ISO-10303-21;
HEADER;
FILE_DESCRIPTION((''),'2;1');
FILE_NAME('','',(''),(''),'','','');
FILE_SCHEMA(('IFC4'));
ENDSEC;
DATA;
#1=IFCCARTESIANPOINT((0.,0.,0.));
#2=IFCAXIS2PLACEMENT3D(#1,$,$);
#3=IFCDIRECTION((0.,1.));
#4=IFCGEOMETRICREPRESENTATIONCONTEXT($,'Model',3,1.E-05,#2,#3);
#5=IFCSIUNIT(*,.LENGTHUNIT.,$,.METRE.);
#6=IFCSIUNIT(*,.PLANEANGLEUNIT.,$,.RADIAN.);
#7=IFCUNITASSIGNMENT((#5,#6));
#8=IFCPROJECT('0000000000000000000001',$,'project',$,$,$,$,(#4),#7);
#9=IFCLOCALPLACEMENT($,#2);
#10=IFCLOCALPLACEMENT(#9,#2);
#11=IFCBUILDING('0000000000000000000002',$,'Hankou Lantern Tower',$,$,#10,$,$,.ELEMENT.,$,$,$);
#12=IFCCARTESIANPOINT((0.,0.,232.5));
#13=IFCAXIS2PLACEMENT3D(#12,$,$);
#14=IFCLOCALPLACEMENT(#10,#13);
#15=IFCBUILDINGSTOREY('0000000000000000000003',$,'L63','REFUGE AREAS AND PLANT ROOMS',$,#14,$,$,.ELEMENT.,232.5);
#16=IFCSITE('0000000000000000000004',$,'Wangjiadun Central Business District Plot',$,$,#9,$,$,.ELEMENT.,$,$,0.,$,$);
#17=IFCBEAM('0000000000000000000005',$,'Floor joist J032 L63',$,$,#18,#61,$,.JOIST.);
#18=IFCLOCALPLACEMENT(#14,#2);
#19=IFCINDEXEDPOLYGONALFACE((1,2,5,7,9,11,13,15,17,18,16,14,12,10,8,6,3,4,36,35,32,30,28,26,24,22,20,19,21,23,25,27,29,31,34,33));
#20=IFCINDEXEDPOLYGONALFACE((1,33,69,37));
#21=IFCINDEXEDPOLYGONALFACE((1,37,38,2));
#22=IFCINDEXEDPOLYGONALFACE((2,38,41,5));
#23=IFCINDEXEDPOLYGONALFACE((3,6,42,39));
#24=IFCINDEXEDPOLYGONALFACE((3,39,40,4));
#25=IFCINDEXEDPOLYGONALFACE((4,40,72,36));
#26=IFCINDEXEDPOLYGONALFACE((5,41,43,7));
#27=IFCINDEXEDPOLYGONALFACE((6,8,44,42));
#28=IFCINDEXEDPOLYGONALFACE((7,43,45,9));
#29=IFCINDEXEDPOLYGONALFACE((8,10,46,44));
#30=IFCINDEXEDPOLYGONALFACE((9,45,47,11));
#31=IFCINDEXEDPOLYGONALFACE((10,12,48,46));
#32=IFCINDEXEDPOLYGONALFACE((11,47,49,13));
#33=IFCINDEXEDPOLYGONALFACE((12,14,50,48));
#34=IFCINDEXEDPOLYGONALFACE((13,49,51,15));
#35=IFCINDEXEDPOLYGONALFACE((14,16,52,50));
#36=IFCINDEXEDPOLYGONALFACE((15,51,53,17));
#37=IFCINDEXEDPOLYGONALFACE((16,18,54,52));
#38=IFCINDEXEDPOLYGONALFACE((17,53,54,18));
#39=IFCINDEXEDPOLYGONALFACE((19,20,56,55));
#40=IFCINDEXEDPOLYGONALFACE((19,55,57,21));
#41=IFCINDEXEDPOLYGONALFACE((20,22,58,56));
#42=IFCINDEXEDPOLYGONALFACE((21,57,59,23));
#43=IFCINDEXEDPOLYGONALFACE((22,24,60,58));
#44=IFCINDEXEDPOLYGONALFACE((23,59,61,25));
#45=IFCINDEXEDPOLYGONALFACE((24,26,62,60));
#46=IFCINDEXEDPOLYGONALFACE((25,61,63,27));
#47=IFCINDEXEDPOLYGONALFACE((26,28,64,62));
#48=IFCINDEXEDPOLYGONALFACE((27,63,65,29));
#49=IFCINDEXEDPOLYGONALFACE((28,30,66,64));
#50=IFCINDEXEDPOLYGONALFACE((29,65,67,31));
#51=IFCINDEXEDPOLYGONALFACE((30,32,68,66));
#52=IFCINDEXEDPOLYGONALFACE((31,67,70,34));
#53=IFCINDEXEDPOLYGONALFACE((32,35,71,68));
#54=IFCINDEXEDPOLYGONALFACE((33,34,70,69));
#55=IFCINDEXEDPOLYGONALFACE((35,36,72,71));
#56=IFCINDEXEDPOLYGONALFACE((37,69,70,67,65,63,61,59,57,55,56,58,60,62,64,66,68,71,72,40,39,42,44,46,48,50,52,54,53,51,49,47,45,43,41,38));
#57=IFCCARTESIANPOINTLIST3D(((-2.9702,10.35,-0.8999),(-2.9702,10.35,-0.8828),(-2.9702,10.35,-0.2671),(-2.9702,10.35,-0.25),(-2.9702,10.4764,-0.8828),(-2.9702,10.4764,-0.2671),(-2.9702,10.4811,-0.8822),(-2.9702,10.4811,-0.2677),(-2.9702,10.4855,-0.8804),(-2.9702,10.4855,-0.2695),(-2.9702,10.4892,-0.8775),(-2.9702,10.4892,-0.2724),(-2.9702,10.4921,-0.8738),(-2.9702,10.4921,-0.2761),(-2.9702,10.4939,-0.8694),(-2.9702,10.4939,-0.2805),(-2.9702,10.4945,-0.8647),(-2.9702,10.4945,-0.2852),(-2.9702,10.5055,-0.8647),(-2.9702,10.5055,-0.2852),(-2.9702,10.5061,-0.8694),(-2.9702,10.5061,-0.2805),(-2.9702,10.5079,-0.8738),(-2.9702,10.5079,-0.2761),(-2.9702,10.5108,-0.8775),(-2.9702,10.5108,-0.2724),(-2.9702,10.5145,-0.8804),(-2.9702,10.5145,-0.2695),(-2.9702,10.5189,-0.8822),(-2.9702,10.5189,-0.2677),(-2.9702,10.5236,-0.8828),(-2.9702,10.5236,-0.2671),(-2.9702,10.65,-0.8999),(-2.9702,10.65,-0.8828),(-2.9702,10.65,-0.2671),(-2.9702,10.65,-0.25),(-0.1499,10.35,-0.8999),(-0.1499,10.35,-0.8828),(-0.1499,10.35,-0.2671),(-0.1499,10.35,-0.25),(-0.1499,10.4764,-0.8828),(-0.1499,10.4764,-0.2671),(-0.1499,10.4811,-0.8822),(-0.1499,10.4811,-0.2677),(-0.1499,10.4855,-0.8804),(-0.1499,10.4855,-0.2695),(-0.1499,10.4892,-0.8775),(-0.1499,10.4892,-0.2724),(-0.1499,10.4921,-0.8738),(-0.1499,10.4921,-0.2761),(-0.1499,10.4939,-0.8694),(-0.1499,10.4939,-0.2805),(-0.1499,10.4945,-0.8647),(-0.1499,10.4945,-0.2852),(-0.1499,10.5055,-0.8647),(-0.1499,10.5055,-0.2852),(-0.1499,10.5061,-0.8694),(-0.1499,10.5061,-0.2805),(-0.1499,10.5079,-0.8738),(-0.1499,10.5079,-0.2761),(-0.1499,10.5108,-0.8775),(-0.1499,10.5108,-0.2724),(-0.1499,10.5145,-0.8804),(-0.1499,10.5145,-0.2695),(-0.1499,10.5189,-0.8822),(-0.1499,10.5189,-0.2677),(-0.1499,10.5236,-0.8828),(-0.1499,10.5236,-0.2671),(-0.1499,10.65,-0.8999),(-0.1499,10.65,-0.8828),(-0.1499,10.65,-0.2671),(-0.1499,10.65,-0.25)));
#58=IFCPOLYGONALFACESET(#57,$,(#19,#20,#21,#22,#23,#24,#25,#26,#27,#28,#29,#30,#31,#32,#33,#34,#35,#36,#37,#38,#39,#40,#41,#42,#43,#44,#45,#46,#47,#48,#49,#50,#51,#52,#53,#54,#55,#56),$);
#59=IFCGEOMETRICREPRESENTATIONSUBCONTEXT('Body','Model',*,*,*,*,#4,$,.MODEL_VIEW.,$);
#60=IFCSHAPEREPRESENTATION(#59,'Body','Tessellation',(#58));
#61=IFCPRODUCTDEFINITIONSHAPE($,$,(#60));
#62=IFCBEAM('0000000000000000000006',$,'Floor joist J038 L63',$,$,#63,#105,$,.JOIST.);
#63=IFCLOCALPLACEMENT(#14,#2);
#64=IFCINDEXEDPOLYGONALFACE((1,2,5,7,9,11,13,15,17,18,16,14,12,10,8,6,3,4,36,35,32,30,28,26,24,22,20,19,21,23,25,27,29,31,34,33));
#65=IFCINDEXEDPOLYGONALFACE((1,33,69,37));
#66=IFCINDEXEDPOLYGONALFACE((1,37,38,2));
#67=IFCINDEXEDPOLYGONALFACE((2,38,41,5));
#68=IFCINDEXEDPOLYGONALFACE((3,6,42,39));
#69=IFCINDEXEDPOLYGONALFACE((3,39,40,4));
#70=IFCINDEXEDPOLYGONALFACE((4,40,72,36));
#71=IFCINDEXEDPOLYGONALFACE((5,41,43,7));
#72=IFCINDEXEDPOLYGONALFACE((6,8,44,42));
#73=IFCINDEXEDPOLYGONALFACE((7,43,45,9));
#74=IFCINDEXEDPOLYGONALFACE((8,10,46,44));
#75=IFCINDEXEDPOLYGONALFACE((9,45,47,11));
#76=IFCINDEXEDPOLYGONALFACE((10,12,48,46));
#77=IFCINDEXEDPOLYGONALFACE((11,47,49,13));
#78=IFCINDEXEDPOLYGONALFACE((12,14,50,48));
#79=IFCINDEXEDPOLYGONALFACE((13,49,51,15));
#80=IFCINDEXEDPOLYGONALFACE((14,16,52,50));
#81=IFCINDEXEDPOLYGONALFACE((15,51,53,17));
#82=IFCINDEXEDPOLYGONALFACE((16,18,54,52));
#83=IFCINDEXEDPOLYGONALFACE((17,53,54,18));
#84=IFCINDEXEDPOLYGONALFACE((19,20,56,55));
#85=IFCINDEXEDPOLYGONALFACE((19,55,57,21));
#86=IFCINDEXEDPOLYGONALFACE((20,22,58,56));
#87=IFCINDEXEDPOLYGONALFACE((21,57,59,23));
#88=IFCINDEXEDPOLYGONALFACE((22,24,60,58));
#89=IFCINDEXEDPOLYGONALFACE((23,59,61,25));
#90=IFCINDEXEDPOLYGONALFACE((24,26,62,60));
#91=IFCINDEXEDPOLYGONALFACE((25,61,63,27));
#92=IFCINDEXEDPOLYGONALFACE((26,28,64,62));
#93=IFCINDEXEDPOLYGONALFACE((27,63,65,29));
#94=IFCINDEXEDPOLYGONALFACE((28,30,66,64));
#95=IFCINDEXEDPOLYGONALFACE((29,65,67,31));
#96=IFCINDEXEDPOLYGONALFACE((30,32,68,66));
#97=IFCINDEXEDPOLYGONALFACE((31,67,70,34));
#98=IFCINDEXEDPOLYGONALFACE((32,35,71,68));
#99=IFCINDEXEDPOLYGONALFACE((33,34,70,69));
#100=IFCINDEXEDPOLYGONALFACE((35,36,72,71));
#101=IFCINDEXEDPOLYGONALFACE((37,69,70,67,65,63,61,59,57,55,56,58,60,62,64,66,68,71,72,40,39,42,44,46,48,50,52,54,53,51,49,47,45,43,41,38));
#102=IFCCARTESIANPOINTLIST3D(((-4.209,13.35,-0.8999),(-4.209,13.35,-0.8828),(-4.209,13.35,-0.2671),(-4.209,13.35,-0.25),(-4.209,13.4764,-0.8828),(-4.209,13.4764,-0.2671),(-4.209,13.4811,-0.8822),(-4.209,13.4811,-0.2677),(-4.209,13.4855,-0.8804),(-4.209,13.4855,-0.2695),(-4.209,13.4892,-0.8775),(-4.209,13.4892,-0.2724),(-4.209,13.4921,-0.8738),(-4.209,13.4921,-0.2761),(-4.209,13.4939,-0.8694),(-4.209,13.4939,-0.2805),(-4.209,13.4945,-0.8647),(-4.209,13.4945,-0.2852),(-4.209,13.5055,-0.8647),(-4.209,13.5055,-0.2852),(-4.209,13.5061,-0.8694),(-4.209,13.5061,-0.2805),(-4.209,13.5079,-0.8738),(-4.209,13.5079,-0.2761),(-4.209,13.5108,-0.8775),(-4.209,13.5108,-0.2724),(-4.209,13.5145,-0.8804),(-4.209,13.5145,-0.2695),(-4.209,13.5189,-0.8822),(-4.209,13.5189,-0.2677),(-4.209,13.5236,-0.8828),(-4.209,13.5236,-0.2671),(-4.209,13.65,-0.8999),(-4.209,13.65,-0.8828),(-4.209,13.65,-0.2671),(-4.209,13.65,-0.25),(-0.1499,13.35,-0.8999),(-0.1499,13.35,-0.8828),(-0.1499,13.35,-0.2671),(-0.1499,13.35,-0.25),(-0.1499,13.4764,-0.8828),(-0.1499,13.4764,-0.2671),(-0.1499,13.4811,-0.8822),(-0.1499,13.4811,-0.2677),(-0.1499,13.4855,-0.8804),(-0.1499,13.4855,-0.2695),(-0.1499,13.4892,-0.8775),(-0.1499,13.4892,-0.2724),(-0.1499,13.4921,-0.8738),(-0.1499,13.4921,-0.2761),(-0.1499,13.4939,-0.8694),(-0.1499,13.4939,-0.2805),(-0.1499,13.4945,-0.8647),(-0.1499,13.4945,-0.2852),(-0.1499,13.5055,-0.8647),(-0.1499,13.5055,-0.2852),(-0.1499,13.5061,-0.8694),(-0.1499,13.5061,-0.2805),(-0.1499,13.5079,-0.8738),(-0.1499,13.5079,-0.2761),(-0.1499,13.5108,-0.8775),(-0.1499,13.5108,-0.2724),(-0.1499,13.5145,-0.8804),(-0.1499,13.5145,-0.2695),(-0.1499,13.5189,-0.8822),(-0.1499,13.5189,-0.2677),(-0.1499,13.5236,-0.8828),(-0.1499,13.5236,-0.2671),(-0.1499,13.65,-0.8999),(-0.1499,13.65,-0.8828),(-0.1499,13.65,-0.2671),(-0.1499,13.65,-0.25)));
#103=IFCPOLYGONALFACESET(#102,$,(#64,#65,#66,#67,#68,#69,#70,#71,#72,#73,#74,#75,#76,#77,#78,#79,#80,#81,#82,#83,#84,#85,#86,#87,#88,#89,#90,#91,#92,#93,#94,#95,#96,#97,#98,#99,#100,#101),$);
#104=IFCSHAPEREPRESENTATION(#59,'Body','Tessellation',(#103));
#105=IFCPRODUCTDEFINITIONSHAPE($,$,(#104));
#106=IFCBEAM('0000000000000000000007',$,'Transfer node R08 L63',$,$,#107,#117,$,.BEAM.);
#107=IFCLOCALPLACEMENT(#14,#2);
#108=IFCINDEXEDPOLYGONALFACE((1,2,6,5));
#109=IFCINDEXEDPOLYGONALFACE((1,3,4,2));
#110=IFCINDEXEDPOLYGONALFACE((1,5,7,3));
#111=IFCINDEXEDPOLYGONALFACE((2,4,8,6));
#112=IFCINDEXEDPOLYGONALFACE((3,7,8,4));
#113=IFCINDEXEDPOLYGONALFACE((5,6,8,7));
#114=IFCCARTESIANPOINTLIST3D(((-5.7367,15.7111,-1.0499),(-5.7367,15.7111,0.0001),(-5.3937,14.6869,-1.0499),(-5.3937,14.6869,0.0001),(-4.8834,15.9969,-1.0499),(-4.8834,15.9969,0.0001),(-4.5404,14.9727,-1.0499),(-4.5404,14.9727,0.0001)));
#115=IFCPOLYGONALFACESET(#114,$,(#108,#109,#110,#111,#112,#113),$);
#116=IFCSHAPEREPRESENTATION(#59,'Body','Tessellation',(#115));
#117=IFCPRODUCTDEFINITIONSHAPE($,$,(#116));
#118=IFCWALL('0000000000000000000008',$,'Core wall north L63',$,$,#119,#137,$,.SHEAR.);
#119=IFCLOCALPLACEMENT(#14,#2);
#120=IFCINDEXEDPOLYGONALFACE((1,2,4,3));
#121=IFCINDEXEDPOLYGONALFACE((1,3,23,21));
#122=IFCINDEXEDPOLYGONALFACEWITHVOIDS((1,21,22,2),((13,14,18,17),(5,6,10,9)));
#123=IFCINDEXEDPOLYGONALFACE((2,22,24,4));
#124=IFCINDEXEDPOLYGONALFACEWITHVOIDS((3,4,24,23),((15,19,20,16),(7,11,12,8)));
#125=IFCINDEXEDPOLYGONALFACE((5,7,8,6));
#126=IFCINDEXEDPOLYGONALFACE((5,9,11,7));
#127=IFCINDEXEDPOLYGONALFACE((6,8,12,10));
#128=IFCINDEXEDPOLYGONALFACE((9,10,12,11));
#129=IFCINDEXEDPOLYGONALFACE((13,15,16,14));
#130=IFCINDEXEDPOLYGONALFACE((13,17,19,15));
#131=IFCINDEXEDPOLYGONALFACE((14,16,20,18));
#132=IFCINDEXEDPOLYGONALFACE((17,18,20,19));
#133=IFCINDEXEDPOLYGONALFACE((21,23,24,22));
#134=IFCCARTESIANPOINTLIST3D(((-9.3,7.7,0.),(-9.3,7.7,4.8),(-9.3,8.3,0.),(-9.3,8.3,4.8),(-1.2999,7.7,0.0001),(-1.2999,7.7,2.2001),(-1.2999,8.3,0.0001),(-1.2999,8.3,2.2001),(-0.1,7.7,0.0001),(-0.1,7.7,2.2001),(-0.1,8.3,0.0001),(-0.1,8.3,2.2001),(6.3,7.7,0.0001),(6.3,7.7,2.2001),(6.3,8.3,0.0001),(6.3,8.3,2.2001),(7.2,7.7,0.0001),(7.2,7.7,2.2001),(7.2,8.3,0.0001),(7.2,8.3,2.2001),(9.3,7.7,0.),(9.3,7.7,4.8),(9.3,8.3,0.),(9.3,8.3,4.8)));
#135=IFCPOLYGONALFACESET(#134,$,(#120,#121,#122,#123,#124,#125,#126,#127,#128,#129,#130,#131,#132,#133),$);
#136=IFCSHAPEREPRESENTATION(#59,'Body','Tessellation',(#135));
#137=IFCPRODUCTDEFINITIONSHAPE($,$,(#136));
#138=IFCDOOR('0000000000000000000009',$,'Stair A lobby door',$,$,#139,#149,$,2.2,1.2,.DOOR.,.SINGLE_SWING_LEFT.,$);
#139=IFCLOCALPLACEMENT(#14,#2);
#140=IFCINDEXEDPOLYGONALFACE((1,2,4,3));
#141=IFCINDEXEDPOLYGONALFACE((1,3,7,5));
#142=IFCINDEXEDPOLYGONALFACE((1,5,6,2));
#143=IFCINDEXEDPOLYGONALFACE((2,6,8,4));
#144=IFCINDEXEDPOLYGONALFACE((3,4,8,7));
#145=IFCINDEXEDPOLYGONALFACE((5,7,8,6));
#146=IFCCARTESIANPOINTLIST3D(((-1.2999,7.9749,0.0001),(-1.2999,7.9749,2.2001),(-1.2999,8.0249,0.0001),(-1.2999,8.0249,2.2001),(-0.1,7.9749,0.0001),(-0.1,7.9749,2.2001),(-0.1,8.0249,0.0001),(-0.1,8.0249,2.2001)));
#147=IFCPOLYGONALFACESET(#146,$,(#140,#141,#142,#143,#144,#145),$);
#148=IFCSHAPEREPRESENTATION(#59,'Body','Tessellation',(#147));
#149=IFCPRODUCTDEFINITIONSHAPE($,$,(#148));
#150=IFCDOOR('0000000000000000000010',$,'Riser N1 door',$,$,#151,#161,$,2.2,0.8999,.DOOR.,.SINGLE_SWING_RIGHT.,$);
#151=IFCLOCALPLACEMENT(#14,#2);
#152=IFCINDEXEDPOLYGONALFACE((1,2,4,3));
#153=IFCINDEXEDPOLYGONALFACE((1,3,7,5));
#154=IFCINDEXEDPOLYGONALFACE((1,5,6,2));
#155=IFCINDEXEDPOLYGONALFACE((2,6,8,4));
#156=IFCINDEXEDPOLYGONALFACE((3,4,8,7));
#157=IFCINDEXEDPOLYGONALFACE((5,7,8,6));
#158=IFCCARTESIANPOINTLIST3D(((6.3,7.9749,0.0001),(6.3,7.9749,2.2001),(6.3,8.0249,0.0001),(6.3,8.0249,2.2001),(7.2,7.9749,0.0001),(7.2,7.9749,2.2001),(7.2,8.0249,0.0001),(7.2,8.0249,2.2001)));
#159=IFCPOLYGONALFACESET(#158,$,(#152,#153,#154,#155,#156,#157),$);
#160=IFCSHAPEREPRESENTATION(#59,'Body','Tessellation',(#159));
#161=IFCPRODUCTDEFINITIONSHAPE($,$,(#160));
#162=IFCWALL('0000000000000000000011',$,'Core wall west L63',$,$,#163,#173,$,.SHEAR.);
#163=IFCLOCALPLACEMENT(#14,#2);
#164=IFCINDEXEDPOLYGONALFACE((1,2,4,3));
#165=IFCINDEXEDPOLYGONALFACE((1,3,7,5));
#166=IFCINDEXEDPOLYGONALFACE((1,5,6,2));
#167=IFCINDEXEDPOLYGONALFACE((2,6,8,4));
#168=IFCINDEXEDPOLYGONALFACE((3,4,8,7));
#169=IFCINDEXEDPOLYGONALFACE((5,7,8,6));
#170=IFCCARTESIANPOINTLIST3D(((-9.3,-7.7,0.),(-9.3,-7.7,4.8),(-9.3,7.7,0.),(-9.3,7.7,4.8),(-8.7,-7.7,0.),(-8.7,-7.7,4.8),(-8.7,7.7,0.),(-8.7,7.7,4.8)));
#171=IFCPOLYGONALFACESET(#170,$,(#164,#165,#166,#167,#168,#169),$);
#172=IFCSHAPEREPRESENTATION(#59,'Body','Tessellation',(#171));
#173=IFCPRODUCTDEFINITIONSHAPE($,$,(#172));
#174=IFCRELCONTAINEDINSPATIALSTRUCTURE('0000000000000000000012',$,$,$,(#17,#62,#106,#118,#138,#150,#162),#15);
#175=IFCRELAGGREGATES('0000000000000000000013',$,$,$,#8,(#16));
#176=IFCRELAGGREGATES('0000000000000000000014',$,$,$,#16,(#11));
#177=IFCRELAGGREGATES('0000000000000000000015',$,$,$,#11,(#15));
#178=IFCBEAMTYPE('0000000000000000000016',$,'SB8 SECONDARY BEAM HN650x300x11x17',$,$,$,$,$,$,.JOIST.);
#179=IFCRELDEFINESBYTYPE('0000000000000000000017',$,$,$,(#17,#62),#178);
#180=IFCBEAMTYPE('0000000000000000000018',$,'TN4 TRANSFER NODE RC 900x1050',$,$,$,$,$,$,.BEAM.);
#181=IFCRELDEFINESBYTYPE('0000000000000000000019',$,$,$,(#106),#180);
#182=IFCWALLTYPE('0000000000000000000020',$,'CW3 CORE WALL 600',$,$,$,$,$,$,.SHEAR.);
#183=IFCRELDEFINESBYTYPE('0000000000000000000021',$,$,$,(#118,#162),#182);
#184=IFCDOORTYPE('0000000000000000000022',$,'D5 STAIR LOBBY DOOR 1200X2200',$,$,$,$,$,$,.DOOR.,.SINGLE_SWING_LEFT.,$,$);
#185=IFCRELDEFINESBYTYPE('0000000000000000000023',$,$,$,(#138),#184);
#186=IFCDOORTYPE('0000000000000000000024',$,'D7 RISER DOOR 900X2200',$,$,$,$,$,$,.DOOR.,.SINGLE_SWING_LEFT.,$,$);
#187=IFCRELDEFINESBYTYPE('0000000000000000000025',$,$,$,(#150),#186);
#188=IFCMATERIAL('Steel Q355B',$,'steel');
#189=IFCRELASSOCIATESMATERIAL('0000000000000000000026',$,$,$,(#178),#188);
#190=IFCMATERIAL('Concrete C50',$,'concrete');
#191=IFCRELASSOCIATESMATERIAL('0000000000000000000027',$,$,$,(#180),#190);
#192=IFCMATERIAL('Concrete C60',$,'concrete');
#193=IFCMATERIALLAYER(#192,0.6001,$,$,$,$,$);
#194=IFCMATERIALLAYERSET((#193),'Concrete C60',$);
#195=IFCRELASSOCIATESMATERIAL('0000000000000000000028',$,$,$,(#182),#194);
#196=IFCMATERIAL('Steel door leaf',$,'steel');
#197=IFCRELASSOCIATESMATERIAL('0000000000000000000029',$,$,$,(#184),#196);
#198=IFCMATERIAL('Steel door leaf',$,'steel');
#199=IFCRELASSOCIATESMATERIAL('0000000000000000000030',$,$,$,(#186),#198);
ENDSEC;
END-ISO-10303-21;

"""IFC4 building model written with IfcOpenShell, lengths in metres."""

from ifc_helpers import new_model, si_unit, direction, frame, frame_2d, origin, origin_2d, place, context, subcontext, project, spatial, rectangle, i_section, extrude, material, layer, layer_set, material_profile, profile_set, type_object, element, fill, save


model = new_model("IFC4")

# Units and contexts
model_context = context("Model", 3, precision=1e-05, world=origin(), true_north=direction((0.0, 1.0)))
body_context = subcontext(model_context, "Body", "Model", "MODEL_VIEW")
ifc_project = project(units=[si_unit("LENGTHUNIT", "METRE"), si_unit("PLANEANGLEUNIT", "RADIAN")], contexts=[model_context])

# Site, building, storey
site_placement = place(None, origin())
site = spatial("IfcSite", under=ifc_project, at=site_placement, Name="Wangjiadun Central Business District Plot", CompositionType="ELEMENT", RefElevation=0.0)
building_placement = place(site_placement, origin())
building = spatial("IfcBuilding", under=site, at=building_placement, Name="Hankou Lantern Tower", CompositionType="ELEMENT")
storey_placement = place(building_placement, frame((0.0, 0.0, 232.5)))
storey = spatial("IfcBuildingStorey", under=building, at=storey_placement, Name="L63", Description="REFUGE AREAS AND PLANT ROOMS", CompositionType="ELEMENT", Elevation=232.5)

# Beams
ifc_material_1 = material(Name="Steel Q355B", Category="steel")
ifc_material_profile_1 = material_profile(ifc_material_1, i_section(OverallWidth=0.3, OverallDepth=0.6499, WebThickness=0.011, FlangeThickness=0.0171, FilletRadius=0.0181, at=origin_2d()), Name="HN650x300x11x17")
ifc_profile_set_1 = profile_set([ifc_material_profile_1], Name="Steel Q355B")
beam_type_1 = type_object("IfcBeamType", Name="SB8 SECONDARY BEAM HN650x300x11x17", PredefinedType="JOIST", material=ifc_profile_set_1)
beam_1_placement = place(storey_placement, frame((-2.9702, 10.5, -0.575), z_axis=(1.0, 0.0, 0.0), x_axis=(0.0, 1.0, 0.0)))
element("IfcBeam", 1, at=beam_1_placement, inside=storey, type_object=beam_type_1, Name="Floor joist J032 L63", PredefinedType="JOIST", context=body_context, shape_type="SweptSolid", body=[
    extrude(i_section(OverallWidth=0.3, OverallDepth=0.6499, WebThickness=0.011, FlangeThickness=0.0171, FilletRadius=0.0181, at=origin_2d()), origin(), (0.0, 0.0, 1.0), 2.8203),
])
beam_2_placement = place(storey_placement, frame((-4.209, 13.5, -0.575), z_axis=(1.0, 0.0, 0.0), x_axis=(0.0, 1.0, 0.0)))
element("IfcBeam", 2, at=beam_2_placement, inside=storey, type_object=beam_type_1, Name="Floor joist J038 L63", PredefinedType="JOIST", context=body_context, shape_type="SweptSolid", body=[
    extrude(i_section(OverallWidth=0.3, OverallDepth=0.6499, WebThickness=0.011, FlangeThickness=0.0171, FilletRadius=0.0181, at=origin_2d()), origin(), (0.0, 0.0, 1.0), 4.0591),
])
ifc_material_2 = material(Name="Concrete C50", Category="concrete")
ifc_material_profile_2 = material_profile(ifc_material_2, rectangle(XDim=0.8999, YDim=1.05, at=origin_2d()), Name="RC 900x1050")
ifc_profile_set_2 = profile_set([ifc_material_profile_2], Name="Concrete C50")
beam_type_2 = type_object("IfcBeamType", Name="TN4 TRANSFER NODE RC 900x1050", PredefinedType="BEAM", material=ifc_profile_set_2)
beam_3_placement = place(storey_placement, frame((-5.3101, 15.854, -0.5249), z_axis=(0.317584, -0.94823, 0.0), x_axis=(0.94823, 0.317584, 0.0)))
element("IfcBeam", 3, at=beam_3_placement, inside=storey, type_object=beam_type_2, Name="Transfer node R08 L63", PredefinedType="BEAM", context=body_context, shape_type="SweptSolid", body=[
    extrude(rectangle(XDim=0.8999, YDim=1.05, at=origin_2d()), origin(), (0.0, 0.0, 1.0), 1.0801),
])

# Wall, openings, doors
ifc_material_3 = material(Name="Concrete C60", Category="concrete")
ifc_layer_1 = layer(ifc_material_3, 0.6001)
ifc_layer_set_1 = layer_set([ifc_layer_1], Name="Concrete C60")
wall_type_1 = type_object("IfcWallType", Name="CW3 CORE WALL 600", PredefinedType="SHEAR", material=ifc_layer_set_1)
wall_1_placement = place(storey_placement, frame((-9.3, 8.0, 0.0), z_axis=(0.0, 0.0, 1.0), x_axis=(1.0, 0.0, 0.0)))
wall_1 = element("IfcWall", 4, at=wall_1_placement, inside=storey, type_object=wall_type_1, Name="Core wall north L63", PredefinedType="SHEAR", context=body_context, shape_type="SweptSolid", body=[
    extrude(rectangle(XDim=18.6001, YDim=0.6001, at=frame_2d((9.3, 0.0))), origin(), (0.0, 0.0, 1.0), 4.8),
])
opening_1_placement = place(wall_1_placement, frame((8.0, 0.0, 0.0)))
opening_1 = element("IfcOpeningElement", 5, at=opening_1_placement, cuts=wall_1, PredefinedType="OPENING", context=body_context, shape_type="SweptSolid", body=[
    extrude(rectangle(XDim=1.2, YDim=2.2, at=frame_2d((0.6001, 1.1001))), frame((0.0, 0.3101, 0.0), z_axis=(0.0, -1.0, 0.0), x_axis=(1.0, 0.0, 0.0)), (0.0, 0.0, 1.0), 0.6201),
])
opening_2_placement = place(wall_1_placement, frame((15.6001, 0.0, 0.0)))
opening_2 = element("IfcOpeningElement", 6, at=opening_2_placement, cuts=wall_1, PredefinedType="OPENING", context=body_context, shape_type="SweptSolid", body=[
    extrude(rectangle(XDim=0.8999, YDim=2.2, at=frame_2d((0.45, 1.1001))), frame((0.0, 0.3101, 0.0), z_axis=(0.0, -1.0, 0.0), x_axis=(1.0, 0.0, 0.0)), (0.0, 0.0, 1.0), 0.6201),
])
ifc_material_4 = material(Name="Steel door leaf", Category="steel")
door_type_1 = type_object("IfcDoorType", Name="D5 STAIR LOBBY DOOR 1200X2200", OperationType="SINGLE_SWING_LEFT", PredefinedType="DOOR", material=ifc_material_4)
door_1_placement = place(opening_1_placement, origin())
door_1 = element("IfcDoor", 7, at=door_1_placement, inside=storey, type_object=door_type_1, Name="Stair A lobby door", OperationType="SINGLE_SWING_LEFT", OverallHeight=2.2, OverallWidth=1.2, PredefinedType="DOOR", context=body_context, shape_type="SweptSolid", body=[
    extrude(rectangle(XDim=1.2, YDim=2.2, at=frame_2d((0.6001, 1.1001))), frame((0.0, 0.0249, 0.0), z_axis=(0.0, -1.0, 0.0), x_axis=(1.0, 0.0, 0.0)), (0.0, 0.0, 1.0), 0.05),
])
fill(opening_1, door_1)
ifc_material_5 = material(Name="Steel door leaf", Category="steel")
door_type_2 = type_object("IfcDoorType", Name="D7 RISER DOOR 900X2200", OperationType="SINGLE_SWING_LEFT", PredefinedType="DOOR", material=ifc_material_5)
door_2_placement = place(opening_2_placement, origin())
door_2 = element("IfcDoor", 8, at=door_2_placement, inside=storey, type_object=door_type_2, Name="Riser N1 door", OperationType="SINGLE_SWING_RIGHT", OverallHeight=2.2, OverallWidth=0.8999, PredefinedType="DOOR", context=body_context, shape_type="SweptSolid", body=[
    extrude(rectangle(XDim=0.8999, YDim=2.2, at=frame_2d((0.45, 1.1001))), frame((0.0, 0.0249, 0.0), z_axis=(0.0, -1.0, 0.0), x_axis=(1.0, 0.0, 0.0)), (0.0, 0.0, 1.0), 0.05),
])
fill(opening_2, door_2)

# Wall
wall_2_placement = place(storey_placement, frame((-9.0, 7.7, 0.0), z_axis=(0.0, 0.0, 1.0), x_axis=(0.0, -1.0, 0.0)))
element("IfcWall", 9, at=wall_2_placement, inside=storey, type_object=wall_type_1, Name="Core wall west L63", PredefinedType="SHEAR", context=body_context, shape_type="SweptSolid", body=[
    extrude(rectangle(XDim=15.3999, YDim=0.6001, at=frame_2d((7.7, 0.0))), origin(), (0.0, 0.0, 1.0), 4.8),
])

save(model, "model.ifc")
